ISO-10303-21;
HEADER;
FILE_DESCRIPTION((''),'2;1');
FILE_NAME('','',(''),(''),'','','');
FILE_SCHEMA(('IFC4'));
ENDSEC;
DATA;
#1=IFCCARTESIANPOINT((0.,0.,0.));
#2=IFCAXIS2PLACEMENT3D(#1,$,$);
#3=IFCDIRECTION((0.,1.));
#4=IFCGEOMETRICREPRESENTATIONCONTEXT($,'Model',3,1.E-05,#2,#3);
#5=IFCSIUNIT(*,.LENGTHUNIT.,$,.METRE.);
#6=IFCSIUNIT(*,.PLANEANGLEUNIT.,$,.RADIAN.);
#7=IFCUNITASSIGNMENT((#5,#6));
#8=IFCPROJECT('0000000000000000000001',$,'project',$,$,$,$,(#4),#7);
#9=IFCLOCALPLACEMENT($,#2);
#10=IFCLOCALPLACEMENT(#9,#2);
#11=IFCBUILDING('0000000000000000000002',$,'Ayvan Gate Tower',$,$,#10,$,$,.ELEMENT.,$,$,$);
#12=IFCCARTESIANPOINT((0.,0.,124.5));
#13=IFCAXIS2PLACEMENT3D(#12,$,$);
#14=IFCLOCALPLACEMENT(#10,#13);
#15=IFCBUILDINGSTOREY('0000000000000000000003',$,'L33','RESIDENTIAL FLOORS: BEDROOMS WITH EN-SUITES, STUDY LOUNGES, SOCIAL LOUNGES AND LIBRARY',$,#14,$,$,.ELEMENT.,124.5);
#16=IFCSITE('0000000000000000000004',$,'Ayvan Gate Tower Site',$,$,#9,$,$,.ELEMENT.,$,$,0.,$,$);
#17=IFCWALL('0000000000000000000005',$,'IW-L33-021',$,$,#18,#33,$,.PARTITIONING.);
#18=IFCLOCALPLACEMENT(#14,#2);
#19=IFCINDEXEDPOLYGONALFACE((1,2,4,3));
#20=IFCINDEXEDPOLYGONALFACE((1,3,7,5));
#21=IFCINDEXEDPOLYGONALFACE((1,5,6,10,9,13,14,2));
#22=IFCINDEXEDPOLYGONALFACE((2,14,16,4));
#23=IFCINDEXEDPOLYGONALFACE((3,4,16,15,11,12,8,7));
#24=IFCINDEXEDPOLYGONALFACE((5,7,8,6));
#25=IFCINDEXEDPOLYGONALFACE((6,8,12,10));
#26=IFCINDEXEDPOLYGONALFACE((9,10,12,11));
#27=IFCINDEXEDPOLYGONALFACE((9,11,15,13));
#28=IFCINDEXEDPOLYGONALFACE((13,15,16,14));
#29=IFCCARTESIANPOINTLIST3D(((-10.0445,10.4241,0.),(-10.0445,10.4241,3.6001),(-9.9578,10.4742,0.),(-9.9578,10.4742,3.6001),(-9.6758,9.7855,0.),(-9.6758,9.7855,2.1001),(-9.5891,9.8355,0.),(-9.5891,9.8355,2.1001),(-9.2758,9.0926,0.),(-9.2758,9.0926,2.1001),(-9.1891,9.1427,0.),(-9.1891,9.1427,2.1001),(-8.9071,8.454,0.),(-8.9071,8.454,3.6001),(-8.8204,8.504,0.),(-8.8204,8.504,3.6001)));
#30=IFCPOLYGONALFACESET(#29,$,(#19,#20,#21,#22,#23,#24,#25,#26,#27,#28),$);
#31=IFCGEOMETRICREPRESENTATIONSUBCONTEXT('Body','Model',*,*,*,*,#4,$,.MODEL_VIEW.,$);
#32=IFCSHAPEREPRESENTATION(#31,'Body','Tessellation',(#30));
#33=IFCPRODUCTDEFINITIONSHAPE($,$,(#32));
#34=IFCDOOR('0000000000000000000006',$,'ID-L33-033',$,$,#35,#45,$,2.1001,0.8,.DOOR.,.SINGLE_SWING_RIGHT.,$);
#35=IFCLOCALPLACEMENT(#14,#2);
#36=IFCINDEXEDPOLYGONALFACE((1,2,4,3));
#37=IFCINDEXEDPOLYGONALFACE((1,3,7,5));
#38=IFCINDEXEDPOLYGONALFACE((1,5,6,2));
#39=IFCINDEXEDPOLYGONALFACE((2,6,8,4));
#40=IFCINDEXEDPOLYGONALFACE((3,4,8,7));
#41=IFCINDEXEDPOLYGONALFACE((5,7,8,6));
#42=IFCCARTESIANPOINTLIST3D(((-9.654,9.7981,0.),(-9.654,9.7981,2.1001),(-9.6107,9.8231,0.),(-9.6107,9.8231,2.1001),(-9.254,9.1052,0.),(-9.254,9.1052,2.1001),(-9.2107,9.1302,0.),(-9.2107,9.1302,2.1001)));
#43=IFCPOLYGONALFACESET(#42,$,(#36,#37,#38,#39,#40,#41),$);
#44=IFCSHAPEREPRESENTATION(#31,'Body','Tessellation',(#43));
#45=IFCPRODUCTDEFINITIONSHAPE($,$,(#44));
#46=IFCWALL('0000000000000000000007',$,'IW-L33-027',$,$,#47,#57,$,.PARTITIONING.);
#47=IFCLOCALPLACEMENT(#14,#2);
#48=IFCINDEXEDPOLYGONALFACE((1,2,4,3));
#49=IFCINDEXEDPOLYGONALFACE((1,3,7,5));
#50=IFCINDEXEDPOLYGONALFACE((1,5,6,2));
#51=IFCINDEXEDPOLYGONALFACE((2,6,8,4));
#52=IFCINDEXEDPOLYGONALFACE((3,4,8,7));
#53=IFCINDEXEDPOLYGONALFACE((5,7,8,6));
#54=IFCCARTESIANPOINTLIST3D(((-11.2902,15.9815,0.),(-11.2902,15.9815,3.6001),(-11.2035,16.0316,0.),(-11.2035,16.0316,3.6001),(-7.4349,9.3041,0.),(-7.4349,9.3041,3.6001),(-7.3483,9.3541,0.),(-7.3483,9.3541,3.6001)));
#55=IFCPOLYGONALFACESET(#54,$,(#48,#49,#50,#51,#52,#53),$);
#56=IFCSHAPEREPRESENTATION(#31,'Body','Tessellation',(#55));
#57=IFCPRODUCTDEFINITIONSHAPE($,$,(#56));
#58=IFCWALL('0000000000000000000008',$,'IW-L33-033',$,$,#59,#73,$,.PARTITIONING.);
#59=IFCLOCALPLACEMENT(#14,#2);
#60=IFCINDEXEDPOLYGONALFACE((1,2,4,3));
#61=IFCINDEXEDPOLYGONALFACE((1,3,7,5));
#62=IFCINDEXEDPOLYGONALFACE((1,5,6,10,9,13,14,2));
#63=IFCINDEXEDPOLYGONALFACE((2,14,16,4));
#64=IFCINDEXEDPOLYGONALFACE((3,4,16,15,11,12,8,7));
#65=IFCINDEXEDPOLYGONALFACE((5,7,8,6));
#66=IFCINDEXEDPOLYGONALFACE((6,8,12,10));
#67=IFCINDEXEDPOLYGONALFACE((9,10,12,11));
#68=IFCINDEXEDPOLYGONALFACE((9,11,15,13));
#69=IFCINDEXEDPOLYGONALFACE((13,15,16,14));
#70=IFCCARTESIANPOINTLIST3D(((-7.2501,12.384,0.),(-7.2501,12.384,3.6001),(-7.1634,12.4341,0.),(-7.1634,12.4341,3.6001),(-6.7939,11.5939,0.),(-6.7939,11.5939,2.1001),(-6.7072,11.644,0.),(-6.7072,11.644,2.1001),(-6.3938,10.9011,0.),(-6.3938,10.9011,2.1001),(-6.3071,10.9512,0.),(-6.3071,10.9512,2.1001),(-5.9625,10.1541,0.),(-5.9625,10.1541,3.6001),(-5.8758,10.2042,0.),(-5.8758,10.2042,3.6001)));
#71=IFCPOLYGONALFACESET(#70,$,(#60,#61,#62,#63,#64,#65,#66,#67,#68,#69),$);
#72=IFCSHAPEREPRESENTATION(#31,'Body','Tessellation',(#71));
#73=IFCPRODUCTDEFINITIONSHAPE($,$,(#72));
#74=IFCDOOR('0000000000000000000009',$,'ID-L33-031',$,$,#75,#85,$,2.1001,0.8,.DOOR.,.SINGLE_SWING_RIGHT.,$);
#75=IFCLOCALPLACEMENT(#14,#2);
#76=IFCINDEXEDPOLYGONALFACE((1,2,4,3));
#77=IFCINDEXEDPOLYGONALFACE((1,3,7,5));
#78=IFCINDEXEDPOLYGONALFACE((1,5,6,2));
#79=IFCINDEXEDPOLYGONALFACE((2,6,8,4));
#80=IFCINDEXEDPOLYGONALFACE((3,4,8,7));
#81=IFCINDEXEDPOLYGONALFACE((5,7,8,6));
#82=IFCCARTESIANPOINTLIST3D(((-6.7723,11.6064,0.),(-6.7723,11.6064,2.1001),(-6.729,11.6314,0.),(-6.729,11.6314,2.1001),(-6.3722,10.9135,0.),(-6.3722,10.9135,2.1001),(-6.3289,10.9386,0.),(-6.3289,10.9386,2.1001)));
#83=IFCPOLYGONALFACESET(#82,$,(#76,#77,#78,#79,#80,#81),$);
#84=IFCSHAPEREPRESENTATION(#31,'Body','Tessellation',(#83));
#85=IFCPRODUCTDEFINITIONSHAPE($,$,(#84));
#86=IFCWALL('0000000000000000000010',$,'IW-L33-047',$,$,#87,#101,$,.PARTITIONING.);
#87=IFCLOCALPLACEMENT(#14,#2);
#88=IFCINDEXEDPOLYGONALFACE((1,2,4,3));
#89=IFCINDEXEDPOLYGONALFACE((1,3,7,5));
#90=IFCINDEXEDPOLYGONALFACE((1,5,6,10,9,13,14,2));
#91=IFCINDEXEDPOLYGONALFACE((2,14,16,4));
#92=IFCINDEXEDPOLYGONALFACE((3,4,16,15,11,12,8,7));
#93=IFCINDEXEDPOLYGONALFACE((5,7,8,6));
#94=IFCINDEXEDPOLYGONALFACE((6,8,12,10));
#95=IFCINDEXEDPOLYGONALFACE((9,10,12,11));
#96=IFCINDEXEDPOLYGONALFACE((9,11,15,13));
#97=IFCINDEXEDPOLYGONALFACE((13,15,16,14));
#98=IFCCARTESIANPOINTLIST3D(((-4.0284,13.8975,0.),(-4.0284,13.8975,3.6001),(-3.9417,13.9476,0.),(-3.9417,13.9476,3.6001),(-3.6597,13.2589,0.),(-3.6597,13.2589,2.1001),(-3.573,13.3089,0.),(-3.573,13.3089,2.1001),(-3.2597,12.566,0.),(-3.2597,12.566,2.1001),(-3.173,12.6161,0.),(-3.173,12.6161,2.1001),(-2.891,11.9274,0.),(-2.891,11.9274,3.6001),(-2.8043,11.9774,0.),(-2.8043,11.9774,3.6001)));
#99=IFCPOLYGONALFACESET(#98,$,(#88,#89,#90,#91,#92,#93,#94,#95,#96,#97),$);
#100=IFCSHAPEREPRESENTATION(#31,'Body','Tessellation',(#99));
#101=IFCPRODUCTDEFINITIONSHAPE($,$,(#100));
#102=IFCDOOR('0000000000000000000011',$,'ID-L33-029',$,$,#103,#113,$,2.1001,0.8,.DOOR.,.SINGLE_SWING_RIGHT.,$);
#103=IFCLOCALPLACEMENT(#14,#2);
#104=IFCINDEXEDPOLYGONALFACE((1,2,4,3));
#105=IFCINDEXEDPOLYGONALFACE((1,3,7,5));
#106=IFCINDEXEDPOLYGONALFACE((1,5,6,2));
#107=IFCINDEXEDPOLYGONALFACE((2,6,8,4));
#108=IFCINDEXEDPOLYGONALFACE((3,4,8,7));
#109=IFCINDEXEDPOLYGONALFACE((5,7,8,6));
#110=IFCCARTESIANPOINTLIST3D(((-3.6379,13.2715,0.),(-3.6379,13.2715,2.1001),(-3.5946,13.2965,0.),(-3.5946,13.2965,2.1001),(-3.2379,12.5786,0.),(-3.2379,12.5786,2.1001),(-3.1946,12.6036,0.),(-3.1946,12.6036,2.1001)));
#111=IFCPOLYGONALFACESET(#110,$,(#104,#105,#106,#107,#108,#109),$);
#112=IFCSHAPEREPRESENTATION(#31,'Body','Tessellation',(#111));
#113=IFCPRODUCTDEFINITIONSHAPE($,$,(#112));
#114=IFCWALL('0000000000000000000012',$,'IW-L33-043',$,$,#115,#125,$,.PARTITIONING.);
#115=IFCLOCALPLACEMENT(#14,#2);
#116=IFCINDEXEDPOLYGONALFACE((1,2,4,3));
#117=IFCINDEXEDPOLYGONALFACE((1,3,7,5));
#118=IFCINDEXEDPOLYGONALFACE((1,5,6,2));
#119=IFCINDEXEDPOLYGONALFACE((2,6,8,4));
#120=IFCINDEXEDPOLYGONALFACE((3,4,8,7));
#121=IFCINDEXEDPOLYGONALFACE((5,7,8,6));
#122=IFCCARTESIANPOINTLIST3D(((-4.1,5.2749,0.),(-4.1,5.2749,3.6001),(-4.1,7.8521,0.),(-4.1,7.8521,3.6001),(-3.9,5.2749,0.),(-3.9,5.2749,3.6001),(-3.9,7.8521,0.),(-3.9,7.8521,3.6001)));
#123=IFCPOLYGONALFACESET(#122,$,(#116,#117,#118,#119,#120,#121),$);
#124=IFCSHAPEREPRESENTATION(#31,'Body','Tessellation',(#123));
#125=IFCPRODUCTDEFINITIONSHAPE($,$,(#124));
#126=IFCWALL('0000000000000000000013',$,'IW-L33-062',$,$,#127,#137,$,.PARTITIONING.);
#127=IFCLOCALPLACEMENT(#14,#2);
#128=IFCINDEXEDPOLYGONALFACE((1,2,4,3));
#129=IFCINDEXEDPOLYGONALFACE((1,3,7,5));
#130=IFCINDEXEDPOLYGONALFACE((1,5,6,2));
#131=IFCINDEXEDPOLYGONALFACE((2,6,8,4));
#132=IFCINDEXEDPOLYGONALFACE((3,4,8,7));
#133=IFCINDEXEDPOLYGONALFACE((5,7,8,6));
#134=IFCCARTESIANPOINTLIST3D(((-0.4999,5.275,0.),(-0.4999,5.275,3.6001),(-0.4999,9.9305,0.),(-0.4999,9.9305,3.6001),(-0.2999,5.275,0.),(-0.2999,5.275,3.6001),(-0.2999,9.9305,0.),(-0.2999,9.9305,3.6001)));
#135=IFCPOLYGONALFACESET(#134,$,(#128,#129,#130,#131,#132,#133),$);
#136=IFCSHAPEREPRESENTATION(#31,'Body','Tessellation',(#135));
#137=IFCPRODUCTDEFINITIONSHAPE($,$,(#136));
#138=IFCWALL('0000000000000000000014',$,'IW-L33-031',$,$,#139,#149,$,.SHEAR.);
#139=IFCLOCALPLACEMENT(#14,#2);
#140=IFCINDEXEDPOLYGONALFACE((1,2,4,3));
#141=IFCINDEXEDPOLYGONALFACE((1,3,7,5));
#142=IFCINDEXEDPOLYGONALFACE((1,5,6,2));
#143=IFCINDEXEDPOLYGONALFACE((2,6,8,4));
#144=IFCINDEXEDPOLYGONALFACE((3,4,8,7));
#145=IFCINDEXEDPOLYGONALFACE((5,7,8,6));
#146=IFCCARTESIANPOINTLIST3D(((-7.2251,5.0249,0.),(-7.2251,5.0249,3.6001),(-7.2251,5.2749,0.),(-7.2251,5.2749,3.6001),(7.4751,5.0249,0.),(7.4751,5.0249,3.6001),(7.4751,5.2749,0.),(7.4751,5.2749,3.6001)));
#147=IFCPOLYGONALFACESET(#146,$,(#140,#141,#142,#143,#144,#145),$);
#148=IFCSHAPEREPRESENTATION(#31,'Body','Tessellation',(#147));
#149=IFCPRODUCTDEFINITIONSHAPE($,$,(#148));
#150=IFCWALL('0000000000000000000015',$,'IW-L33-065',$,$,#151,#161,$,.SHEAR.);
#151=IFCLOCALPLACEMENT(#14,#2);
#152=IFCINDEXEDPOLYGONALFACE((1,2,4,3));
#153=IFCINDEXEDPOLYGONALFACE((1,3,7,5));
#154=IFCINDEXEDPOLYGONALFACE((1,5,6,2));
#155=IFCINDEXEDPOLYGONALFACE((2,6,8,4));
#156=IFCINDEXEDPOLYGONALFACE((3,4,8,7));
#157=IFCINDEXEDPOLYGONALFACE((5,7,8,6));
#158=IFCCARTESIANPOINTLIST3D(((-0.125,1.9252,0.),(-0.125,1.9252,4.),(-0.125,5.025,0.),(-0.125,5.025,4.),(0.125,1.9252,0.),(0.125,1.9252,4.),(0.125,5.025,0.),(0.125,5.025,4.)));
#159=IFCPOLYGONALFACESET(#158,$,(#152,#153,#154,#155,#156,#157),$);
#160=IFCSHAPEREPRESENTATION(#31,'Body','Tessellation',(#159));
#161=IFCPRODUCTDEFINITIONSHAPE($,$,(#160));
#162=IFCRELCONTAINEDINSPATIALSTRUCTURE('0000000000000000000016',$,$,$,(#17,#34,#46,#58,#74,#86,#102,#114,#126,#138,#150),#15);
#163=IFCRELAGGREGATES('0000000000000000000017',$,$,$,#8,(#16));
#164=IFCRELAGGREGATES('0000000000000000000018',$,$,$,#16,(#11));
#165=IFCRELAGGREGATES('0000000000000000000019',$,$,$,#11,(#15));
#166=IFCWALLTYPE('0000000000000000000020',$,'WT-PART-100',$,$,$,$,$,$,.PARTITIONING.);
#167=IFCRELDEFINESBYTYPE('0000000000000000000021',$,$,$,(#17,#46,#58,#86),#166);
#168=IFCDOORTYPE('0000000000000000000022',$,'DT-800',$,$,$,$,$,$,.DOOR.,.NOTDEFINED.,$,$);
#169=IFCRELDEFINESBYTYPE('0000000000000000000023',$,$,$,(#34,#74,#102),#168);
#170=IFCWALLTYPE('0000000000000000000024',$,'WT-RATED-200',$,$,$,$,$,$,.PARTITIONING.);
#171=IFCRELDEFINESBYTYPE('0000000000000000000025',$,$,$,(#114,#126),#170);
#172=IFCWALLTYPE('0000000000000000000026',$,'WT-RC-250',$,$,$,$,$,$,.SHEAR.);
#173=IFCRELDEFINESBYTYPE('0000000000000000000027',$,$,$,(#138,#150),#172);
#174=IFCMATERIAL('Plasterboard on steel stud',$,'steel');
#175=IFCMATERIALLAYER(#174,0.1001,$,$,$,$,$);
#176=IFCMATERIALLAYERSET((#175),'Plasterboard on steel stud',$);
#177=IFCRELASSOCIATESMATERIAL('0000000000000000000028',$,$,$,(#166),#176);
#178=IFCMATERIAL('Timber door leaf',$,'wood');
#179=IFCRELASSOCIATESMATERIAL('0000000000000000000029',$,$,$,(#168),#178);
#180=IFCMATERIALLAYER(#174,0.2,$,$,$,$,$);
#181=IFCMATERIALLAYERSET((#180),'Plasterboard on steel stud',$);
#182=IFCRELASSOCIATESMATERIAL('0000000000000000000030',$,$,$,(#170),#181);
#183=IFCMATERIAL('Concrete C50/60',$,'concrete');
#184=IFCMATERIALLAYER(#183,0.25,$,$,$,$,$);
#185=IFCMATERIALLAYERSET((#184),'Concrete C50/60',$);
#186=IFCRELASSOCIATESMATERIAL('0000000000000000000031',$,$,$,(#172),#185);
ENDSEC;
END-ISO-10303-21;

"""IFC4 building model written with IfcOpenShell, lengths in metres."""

from ifc_helpers import new_model, si_unit, direction, frame, frame_2d, origin, place, context, subcontext, project, spatial, rectangle, extrude, material, layer, layer_set, type_object, element, fill, save


model = new_model("IFC4")

# Units and contexts
model_context = context("Model", 3, precision=1e-05, world=origin(), true_north=direction((0.0, 1.0)))
body_context = subcontext(model_context, "Body", "Model", "MODEL_VIEW")
ifc_project = project(units=[si_unit("LENGTHUNIT", "METRE"), si_unit("PLANEANGLEUNIT", "RADIAN")], contexts=[model_context])

# Site, building, storey
site_placement = place(None, origin())
site = spatial("IfcSite", under=ifc_project, at=site_placement, Name="Ayvan Gate Tower Site", CompositionType="ELEMENT", RefElevation=0.0)
building_placement = place(site_placement, origin())
building = spatial("IfcBuilding", under=site, at=building_placement, Name="Ayvan Gate Tower", CompositionType="ELEMENT")
storey_placement = place(building_placement, frame((0.0, 0.0, 124.5)))
storey = spatial("IfcBuildingStorey", under=building, at=storey_placement, Name="L33", Description="RESIDENTIAL FLOORS: BEDROOMS WITH EN-SUITES, STUDY LOUNGES, SOCIAL LOUNGES AND LIBRARY", CompositionType="ELEMENT", Elevation=124.5)

# Shared definitions
ifc_material_1 = material(Name="Timber door leaf", Category="wood")

# Shared definitions
ifc_material_2 = material(Name="Plasterboard on steel stud", Category="steel")

# Shared definitions
ifc_layer_1 = layer(ifc_material_2, 0.1001)
ifc_layer_set_1 = layer_set([ifc_layer_1], Name="Plasterboard on steel stud")
wall_type_1 = type_object("IfcWallType", Name="WT-PART-100", PredefinedType="PARTITIONING", material=ifc_layer_set_1)

# Wall, opening, door
wall_1_placement = place(storey_placement, frame((-8.8638, 8.479, 0.0), z_axis=(0.0, 0.0, 1.0), x_axis=(-0.499983, 0.866035, 0.0)))
wall_1 = element("IfcWall", 1, at=wall_1_placement, inside=storey, type_object=wall_type_1, Name="IW-L33-021", PredefinedType="PARTITIONING", context=body_context, shape_type="SweptSolid", body=[
    extrude(rectangle(XDim=2.2749, YDim=0.1001, at=frame_2d((1.1375, 0.0))), origin(), (0.0, 0.0, 1.0), 3.6001),
])
opening_1_placement = place(wall_1_placement, frame((0.7375, 0.0, 0.0)))
opening_1 = element("IfcOpeningElement", 2, at=opening_1_placement, cuts=wall_1, PredefinedType="OPENING", context=body_context, shape_type="SweptSolid", body=[
    extrude(rectangle(XDim=0.8, YDim=2.1001, at=frame_2d((0.3999, 1.05))), frame((0.0, 0.0601, 0.0), z_axis=(0.0, -1.0, 0.0), x_axis=(1.0, 0.0, 0.0)), (0.0, 0.0, 1.0), 0.1201),
])
door_type_1 = type_object("IfcDoorType", Name="DT-800", OperationType="NOTDEFINED", PredefinedType="DOOR", material=ifc_material_1)
door_1_placement = place(opening_1_placement, origin())
door_1 = element("IfcDoor", 3, at=door_1_placement, inside=storey, type_object=door_type_1, Name="ID-L33-033", OperationType="SINGLE_SWING_RIGHT", OverallHeight=2.1001, OverallWidth=0.8, PredefinedType="DOOR", context=body_context, shape_type="SweptSolid", body=[
    extrude(rectangle(XDim=0.8, YDim=2.1001, at=frame_2d((0.3999, 1.05))), frame((0.0, 0.0249, 0.0), z_axis=(0.0, -1.0, 0.0), x_axis=(1.0, 0.0, 0.0)), (0.0, 0.0, 1.0), 0.05),
])
fill(opening_1, door_1)

# Wall
wall_2_placement = place(storey_placement, frame((-7.3916, 9.3291, 0.0), z_axis=(0.0, 0.0, 1.0), x_axis=(-0.499997, 0.866027, 0.0)))
element("IfcWall", 4, at=wall_2_placement, inside=storey, type_object=wall_type_1, Name="IW-L33-027", PredefinedType="PARTITIONING", context=body_context, shape_type="SweptSolid", body=[
    extrude(rectangle(XDim=7.7104, YDim=0.1001, at=frame_2d((3.8552, 0.0))), origin(), (0.0, 0.0, 1.0), 3.6001),
])

# Walls, openings, doors
wall_3_placement = place(storey_placement, frame((-7.2068, 12.4092, 0.0), z_axis=(0.0, 0.0, 1.0), x_axis=(0.500034, -0.866006, 0.0)))
wall_3 = element("IfcWall", 5, at=wall_3_placement, inside=storey, type_object=wall_type_1, Name="IW-L33-033", PredefinedType="PARTITIONING", context=body_context, shape_type="SweptSolid", body=[
    extrude(rectangle(XDim=2.575, YDim=0.1001, at=frame_2d((1.2876, 0.0))), origin(), (0.0, 0.0, 1.0), 3.6001),
])
opening_2_placement = place(wall_3_placement, frame((0.9126, 0.0, 0.0)))
opening_2 = element("IfcOpeningElement", 6, at=opening_2_placement, cuts=wall_3, PredefinedType="OPENING", context=body_context, shape_type="SweptSolid", body=[
    extrude(rectangle(XDim=0.8, YDim=2.1001, at=frame_2d((0.3999, 1.05))), frame((0.0, 0.0601, 0.0), z_axis=(0.0, -1.0, 0.0), x_axis=(1.0, 0.0, 0.0)), (0.0, 0.0, 1.0), 0.1201),
])
door_2_placement = place(opening_2_placement, origin())
door_2 = element("IfcDoor", 7, at=door_2_placement, inside=storey, type_object=door_type_1, Name="ID-L33-031", OperationType="SINGLE_SWING_RIGHT", OverallHeight=2.1001, OverallWidth=0.8, PredefinedType="DOOR", context=body_context, shape_type="SweptSolid", body=[
    extrude(rectangle(XDim=0.8, YDim=2.1001, at=frame_2d((0.3999, 1.05))), frame((0.0, 0.0249, 0.0), z_axis=(0.0, -1.0, 0.0), x_axis=(1.0, 0.0, 0.0)), (0.0, 0.0, 1.0), 0.05),
])
fill(opening_2, door_2)
wall_4_placement = place(storey_placement, frame((-2.8477, 11.9524, 0.0), z_axis=(0.0, 0.0, 1.0), x_axis=(-0.499983, 0.866035, 0.0)))
wall_4 = element("IfcWall", 8, at=wall_4_placement, inside=storey, type_object=wall_type_1, Name="IW-L33-047", PredefinedType="PARTITIONING", context=body_context, shape_type="SweptSolid", body=[
    extrude(rectangle(XDim=2.2749, YDim=0.1001, at=frame_2d((1.1375, 0.0))), origin(), (0.0, 0.0, 1.0), 3.6001),
])
opening_3_placement = place(wall_4_placement, frame((0.7375, 0.0, 0.0)))
opening_3 = element("IfcOpeningElement", 9, at=opening_3_placement, cuts=wall_4, PredefinedType="OPENING", context=body_context, shape_type="SweptSolid", body=[
    extrude(rectangle(XDim=0.8, YDim=2.1001, at=frame_2d((0.3999, 1.05))), frame((0.0, 0.0601, 0.0), z_axis=(0.0, -1.0, 0.0), x_axis=(1.0, 0.0, 0.0)), (0.0, 0.0, 1.0), 0.1201),
])
door_3_placement = place(opening_3_placement, origin())
door_3 = element("IfcDoor", 10, at=door_3_placement, inside=storey, type_object=door_type_1, Name="ID-L33-029", OperationType="SINGLE_SWING_RIGHT", OverallHeight=2.1001, OverallWidth=0.8, PredefinedType="DOOR", context=body_context, shape_type="SweptSolid", body=[
    extrude(rectangle(XDim=0.8, YDim=2.1001, at=frame_2d((0.3999, 1.05))), frame((0.0, 0.0249, 0.0), z_axis=(0.0, -1.0, 0.0), x_axis=(1.0, 0.0, 0.0)), (0.0, 0.0, 1.0), 0.05),
])
fill(opening_3, door_3)

# Walls
ifc_layer_2 = layer(ifc_material_2, 0.2)
ifc_layer_set_2 = layer_set([ifc_layer_2], Name="Plasterboard on steel stud")
wall_type_2 = type_object("IfcWallType", Name="WT-RATED-200", PredefinedType="PARTITIONING", material=ifc_layer_set_2)
wall_5_placement = place(storey_placement, frame((-4.0, 7.8521, 0.0), z_axis=(0.0, 0.0, 1.0), x_axis=(0.0, -1.0, 0.0)))
element("IfcWall", 11, at=wall_5_placement, inside=storey, type_object=wall_type_2, Name="IW-L33-043", PredefinedType="PARTITIONING", context=body_context, shape_type="SweptSolid", body=[
    extrude(rectangle(XDim=2.5771, YDim=0.2, at=frame_2d((1.2886, 0.0))), origin(), (0.0, 0.0, 1.0), 3.6001),
])
wall_6_placement = place(storey_placement, frame((-0.3999, 9.9304, 0.0), z_axis=(0.0, 0.0, 1.0), x_axis=(0.0, -1.0, 0.0)))
element("IfcWall", 12, at=wall_6_placement, inside=storey, type_object=wall_type_2, Name="IW-L33-062", PredefinedType="PARTITIONING", context=body_context, shape_type="SweptSolid", body=[
    extrude(rectangle(XDim=4.6555, YDim=0.2, at=frame_2d((2.3276, 0.0))), origin(), (0.0, 0.0, 1.0), 3.6001),
])
ifc_material_3 = material(Name="Concrete C50/60", Category="concrete")
ifc_layer_3 = layer(ifc_material_3, 0.25)
ifc_layer_set_3 = layer_set([ifc_layer_3], Name="Concrete C50/60")
wall_type_3 = type_object("IfcWallType", Name="WT-RC-250", PredefinedType="SHEAR", material=ifc_layer_set_3)
wall_7_placement = place(storey_placement, frame((-7.2251, 5.1499, 0.0), z_axis=(0.0, 0.0, 1.0), x_axis=(1.0, 0.0, 0.0)))
element("IfcWall", 13, at=wall_7_placement, inside=storey, type_object=wall_type_3, Name="IW-L33-031", PredefinedType="SHEAR", context=body_context, shape_type="SweptSolid", body=[
    extrude(rectangle(XDim=14.7002, YDim=0.25, at=frame_2d((7.3501, 0.0))), origin(), (0.0, 0.0, 1.0), 3.6001),
])
wall_8_placement = place(storey_placement, frame((0.0, 5.0249, 0.0), z_axis=(0.0, 0.0, 1.0), x_axis=(0.0, -1.0, 0.0)))
element("IfcWall", 14, at=wall_8_placement, inside=storey, type_object=wall_type_3, Name="IW-L33-065", PredefinedType="SHEAR", context=body_context, shape_type="SweptSolid", body=[
    extrude(rectangle(XDim=3.0999, YDim=0.25, at=frame_2d((1.5498, 0.0))), origin(), (0.0, 0.0, 1.0), 4.0),
])

save(model, "model.ifc")
